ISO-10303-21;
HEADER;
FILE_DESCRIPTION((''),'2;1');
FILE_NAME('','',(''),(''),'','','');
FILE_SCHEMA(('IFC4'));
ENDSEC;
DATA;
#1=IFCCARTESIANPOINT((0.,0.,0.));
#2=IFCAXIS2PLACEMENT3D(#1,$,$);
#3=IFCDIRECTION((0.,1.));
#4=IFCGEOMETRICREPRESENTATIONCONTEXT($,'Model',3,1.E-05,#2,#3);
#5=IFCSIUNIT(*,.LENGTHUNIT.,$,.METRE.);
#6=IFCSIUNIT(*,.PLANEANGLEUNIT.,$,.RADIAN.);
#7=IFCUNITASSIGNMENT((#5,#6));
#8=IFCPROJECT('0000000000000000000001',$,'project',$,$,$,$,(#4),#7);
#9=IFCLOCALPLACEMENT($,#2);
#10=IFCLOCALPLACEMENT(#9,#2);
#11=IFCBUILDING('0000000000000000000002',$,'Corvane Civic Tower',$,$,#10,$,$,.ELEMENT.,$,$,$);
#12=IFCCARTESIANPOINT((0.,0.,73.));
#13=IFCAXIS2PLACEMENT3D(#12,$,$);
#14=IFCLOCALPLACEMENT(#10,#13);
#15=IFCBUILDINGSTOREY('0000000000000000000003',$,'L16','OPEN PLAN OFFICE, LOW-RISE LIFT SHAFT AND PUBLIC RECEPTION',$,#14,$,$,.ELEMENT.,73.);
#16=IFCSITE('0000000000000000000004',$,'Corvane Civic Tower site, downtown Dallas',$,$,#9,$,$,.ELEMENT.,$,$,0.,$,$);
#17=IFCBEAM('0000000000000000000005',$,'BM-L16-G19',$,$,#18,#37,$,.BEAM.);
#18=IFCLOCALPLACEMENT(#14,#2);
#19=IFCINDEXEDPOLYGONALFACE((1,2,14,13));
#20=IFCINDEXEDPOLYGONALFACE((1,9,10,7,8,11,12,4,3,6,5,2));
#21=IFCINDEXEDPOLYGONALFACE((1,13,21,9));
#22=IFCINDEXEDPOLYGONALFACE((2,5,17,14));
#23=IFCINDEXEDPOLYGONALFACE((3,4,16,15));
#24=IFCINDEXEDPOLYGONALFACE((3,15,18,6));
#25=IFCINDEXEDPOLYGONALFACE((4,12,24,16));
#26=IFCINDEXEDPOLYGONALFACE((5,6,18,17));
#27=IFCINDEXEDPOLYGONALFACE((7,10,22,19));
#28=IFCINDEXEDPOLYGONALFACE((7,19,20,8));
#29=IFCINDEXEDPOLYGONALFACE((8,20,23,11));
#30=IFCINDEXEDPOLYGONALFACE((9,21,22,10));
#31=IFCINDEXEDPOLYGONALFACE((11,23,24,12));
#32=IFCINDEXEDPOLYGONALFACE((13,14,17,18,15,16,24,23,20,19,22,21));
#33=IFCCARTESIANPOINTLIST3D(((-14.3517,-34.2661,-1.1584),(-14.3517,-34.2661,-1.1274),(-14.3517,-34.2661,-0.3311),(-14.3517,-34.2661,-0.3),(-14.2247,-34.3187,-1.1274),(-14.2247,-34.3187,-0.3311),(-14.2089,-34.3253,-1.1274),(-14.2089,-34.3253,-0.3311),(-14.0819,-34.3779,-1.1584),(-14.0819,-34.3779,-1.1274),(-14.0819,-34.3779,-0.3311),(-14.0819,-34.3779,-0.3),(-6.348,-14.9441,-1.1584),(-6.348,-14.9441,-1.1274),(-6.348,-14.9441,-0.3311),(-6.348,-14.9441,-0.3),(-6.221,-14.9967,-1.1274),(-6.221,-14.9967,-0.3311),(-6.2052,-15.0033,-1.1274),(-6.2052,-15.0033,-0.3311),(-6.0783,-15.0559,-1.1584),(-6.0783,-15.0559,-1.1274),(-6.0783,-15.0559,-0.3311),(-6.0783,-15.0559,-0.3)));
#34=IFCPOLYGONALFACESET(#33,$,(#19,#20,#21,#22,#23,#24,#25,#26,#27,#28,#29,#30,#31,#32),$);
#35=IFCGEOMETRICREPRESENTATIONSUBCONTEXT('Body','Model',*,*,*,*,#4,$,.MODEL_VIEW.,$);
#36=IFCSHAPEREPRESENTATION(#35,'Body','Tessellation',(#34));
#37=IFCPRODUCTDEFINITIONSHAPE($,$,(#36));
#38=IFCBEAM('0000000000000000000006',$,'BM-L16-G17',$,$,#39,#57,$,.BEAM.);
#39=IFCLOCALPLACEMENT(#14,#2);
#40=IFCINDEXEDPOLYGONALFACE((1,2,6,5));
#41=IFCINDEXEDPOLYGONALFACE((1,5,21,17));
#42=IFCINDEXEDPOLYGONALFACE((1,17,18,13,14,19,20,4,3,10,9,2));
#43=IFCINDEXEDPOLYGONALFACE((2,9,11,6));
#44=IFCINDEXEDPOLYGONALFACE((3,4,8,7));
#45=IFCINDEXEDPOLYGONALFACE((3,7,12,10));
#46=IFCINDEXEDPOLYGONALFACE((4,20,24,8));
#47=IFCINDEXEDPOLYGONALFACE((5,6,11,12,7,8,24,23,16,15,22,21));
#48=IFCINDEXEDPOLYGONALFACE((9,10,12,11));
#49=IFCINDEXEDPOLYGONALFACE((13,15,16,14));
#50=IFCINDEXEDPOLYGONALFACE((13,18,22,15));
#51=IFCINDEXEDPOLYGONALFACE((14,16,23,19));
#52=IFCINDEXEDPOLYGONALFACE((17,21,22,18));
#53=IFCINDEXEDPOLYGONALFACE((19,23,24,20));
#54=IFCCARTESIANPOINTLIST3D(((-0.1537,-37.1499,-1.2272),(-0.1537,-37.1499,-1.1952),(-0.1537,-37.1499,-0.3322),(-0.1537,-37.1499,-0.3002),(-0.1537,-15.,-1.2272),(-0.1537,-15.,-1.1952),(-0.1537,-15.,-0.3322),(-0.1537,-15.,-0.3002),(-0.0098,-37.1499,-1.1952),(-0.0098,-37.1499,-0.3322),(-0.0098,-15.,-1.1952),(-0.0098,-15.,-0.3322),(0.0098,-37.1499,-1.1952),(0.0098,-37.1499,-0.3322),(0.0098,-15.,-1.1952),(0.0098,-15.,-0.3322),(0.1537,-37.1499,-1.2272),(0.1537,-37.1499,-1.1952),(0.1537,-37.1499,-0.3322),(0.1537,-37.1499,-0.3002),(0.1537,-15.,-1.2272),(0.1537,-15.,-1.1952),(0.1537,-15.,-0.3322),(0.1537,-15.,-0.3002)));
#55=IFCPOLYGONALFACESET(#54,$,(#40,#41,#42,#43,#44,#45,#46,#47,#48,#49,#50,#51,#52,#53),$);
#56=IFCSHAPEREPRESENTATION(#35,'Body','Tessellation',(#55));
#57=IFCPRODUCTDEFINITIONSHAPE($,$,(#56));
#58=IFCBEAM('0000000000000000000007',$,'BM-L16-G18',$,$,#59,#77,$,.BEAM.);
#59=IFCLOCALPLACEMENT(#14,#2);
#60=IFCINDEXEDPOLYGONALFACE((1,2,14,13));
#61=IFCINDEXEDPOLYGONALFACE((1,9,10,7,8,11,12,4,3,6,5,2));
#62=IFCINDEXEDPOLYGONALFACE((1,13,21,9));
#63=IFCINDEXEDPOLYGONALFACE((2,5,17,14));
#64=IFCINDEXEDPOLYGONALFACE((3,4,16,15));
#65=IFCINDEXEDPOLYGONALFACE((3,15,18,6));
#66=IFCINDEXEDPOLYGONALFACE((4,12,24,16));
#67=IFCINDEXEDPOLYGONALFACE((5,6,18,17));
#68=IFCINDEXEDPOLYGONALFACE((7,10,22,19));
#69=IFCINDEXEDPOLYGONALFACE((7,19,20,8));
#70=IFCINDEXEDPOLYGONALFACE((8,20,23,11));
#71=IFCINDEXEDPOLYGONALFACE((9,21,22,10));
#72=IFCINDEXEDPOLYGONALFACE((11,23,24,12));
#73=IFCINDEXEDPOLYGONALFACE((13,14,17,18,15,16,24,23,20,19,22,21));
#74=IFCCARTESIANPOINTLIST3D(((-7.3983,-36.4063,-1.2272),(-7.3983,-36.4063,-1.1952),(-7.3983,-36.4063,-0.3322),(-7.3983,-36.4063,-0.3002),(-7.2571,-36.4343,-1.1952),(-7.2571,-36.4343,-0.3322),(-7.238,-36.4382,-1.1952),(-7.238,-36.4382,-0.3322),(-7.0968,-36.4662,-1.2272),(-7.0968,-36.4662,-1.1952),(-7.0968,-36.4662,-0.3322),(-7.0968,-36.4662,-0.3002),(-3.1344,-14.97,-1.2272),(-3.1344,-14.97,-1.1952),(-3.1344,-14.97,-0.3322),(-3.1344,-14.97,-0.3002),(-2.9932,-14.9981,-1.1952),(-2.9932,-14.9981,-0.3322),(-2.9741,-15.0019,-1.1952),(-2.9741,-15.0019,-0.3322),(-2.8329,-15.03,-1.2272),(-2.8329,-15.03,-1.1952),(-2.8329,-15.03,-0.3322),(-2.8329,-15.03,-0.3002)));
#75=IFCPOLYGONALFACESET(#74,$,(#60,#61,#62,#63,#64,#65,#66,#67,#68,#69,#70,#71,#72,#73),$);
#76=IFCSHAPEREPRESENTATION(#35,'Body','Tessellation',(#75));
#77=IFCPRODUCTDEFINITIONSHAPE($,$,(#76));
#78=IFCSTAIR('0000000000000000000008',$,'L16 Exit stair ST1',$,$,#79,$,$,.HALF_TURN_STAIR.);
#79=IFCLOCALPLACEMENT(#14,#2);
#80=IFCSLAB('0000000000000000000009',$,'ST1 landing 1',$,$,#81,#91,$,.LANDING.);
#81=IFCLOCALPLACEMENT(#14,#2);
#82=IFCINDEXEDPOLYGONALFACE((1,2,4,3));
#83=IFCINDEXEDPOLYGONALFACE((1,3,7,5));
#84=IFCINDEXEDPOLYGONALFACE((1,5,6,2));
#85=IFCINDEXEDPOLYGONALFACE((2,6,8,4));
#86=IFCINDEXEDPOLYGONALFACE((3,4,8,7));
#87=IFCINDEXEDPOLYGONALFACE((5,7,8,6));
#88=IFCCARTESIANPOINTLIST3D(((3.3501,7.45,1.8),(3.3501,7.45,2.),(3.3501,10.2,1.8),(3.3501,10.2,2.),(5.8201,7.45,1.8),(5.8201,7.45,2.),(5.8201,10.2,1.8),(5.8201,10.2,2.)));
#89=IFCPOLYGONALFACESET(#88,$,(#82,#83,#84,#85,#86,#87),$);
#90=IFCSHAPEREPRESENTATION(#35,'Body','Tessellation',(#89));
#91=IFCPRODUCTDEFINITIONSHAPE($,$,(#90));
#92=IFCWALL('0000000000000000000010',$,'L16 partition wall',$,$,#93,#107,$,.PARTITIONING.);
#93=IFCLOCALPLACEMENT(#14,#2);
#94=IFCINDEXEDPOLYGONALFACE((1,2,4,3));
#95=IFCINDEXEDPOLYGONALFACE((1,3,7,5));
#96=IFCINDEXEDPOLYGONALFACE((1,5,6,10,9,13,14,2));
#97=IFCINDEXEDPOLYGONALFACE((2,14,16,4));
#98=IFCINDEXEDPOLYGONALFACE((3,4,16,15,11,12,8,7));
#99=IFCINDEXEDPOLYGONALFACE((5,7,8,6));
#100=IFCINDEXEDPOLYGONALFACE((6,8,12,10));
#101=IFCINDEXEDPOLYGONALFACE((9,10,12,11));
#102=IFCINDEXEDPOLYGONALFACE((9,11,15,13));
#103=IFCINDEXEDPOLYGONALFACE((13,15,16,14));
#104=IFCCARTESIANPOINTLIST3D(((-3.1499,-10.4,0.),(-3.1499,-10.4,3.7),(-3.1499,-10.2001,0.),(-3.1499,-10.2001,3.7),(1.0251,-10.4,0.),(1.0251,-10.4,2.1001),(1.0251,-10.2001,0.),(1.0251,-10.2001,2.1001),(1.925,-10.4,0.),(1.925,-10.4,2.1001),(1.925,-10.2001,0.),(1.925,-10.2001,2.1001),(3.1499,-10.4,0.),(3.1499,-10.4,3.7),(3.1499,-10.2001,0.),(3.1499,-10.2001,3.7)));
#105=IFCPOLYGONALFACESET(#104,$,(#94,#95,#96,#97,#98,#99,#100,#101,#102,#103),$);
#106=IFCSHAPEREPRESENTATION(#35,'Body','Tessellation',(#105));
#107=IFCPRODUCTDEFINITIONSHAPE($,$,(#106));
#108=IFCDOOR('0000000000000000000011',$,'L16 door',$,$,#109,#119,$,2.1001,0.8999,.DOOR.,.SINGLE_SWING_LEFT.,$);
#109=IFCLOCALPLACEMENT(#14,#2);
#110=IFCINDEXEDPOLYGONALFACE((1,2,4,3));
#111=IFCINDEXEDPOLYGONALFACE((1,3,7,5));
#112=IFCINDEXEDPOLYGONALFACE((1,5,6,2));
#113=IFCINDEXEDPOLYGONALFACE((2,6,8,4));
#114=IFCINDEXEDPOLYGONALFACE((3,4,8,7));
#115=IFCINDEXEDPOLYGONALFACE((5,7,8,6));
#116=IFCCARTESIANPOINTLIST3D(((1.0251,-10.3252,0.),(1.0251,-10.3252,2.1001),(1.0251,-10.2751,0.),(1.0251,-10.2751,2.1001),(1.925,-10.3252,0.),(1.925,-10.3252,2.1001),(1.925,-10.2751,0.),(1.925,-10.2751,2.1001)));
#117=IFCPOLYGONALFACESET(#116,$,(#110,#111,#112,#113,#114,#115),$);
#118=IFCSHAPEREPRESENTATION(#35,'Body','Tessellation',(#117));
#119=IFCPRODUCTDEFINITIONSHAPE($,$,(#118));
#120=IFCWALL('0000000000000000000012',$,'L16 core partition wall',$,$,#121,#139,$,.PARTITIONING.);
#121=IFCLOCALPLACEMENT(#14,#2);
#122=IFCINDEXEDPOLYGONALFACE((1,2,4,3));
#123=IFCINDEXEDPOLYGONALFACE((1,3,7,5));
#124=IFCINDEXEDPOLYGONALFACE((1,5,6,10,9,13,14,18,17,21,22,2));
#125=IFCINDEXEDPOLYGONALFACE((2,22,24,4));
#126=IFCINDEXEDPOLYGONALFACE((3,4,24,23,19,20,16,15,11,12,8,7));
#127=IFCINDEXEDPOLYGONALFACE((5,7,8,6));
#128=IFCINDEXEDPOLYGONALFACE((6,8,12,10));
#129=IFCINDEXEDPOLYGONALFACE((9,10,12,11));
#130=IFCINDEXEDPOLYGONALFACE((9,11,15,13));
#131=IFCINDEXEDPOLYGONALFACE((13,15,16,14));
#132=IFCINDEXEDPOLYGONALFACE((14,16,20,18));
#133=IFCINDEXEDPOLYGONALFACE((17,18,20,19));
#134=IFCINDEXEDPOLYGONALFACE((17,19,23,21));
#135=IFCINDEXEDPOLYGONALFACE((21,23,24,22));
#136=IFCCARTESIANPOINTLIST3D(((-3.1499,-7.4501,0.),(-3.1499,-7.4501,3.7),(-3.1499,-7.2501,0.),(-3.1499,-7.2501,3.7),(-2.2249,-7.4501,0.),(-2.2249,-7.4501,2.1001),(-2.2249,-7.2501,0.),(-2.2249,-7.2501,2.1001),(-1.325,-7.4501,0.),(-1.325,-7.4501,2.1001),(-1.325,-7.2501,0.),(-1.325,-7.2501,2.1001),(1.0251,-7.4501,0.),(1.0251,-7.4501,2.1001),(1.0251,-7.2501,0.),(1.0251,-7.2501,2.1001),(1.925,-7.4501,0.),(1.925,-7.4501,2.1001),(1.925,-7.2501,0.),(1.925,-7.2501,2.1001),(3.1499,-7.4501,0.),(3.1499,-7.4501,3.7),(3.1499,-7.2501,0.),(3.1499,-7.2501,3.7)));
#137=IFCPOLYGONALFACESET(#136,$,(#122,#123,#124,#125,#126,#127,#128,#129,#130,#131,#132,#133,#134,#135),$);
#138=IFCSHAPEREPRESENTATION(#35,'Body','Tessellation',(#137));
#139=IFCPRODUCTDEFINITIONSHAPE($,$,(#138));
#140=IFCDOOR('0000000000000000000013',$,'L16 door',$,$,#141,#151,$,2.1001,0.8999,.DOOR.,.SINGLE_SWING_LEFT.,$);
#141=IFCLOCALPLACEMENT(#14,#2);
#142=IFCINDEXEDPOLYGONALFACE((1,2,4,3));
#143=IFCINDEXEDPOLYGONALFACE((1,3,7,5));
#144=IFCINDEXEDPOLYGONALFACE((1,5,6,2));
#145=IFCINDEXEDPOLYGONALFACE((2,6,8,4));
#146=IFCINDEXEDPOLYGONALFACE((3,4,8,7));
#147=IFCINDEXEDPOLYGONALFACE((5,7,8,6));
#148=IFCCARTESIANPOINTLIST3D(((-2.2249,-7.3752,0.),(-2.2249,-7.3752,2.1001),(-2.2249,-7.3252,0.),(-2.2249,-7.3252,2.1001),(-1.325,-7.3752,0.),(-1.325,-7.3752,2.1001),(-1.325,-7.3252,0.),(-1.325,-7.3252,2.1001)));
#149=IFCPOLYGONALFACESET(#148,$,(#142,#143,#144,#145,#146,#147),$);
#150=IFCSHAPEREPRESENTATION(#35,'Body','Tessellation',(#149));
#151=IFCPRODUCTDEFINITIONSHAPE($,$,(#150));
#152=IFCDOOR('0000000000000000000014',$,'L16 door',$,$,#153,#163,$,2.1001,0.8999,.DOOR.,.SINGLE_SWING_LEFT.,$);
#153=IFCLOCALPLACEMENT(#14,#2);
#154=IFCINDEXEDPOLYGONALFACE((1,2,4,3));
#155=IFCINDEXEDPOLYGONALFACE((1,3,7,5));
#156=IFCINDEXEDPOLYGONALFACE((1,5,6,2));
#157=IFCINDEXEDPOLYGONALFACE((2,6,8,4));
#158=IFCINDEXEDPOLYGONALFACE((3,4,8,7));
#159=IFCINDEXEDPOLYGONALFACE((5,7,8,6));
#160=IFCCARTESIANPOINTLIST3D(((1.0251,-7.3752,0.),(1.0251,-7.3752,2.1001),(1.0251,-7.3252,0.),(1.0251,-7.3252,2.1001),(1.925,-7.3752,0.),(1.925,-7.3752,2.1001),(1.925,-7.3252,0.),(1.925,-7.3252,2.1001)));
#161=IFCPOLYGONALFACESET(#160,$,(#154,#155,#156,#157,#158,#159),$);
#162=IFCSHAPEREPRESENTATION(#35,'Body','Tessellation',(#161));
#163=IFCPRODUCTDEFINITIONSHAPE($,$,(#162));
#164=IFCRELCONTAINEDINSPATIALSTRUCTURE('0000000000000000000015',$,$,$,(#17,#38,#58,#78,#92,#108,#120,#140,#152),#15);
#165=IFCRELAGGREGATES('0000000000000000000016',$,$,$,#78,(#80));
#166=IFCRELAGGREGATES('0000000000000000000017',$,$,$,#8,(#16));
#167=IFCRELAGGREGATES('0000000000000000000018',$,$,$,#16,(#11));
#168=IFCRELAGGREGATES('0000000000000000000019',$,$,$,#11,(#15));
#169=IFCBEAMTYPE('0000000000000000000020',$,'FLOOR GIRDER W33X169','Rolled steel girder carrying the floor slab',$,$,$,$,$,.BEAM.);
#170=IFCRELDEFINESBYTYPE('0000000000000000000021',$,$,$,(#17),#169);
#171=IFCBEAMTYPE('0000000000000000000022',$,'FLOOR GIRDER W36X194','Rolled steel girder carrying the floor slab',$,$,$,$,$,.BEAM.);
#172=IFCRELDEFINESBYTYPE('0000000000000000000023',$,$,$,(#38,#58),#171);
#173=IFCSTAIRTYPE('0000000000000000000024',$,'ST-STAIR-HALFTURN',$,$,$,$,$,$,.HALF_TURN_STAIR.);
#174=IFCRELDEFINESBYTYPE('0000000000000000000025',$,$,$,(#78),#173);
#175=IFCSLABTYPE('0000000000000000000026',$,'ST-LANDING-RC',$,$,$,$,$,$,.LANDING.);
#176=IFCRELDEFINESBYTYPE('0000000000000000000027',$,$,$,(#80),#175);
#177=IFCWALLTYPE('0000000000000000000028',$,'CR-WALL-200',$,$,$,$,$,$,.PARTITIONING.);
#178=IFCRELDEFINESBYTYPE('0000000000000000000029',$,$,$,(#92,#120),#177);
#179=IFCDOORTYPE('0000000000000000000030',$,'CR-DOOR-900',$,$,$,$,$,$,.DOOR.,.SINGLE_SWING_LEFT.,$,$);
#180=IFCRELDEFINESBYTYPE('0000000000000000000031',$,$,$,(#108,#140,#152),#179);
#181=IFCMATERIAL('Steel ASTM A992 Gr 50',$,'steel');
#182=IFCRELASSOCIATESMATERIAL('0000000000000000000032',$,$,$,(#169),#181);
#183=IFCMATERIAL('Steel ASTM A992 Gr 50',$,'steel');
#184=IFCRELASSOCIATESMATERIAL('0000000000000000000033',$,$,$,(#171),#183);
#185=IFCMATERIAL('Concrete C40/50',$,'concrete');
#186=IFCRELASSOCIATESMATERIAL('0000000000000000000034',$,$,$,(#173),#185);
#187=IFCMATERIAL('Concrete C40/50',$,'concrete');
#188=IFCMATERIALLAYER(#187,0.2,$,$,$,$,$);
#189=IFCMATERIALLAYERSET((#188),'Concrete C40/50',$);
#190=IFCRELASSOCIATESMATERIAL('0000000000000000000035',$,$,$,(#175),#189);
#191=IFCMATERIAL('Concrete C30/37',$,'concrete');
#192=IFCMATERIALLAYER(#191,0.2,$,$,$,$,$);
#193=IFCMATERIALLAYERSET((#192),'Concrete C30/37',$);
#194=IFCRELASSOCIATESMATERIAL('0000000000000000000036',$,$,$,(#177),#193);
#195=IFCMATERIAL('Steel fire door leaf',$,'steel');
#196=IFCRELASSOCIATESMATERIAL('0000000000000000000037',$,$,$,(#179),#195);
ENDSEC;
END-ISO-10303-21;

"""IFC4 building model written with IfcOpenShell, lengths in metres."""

from ifc_helpers import new_model, si_unit, direction, frame, frame_2d, origin, origin_2d, place, context, subcontext, project, spatial, polyline, rectangle, i_section, outline, extrude, material, layer, layer_set, material_profile, profile_set, type_object, element, fill, aggregate, save


model = new_model("IFC4")

# Units and contexts
model_context = context("Model", 3, precision=1e-05, world=origin(), true_north=direction((0.0, 1.0)))
body_context = subcontext(model_context, "Body", "Model", "MODEL_VIEW")
ifc_project = project(units=[si_unit("LENGTHUNIT", "METRE"), si_unit("PLANEANGLEUNIT", "RADIAN")], contexts=[model_context])

# Site, building, storey
site_placement = place(None, origin())
site = spatial("IfcSite", under=ifc_project, at=site_placement, Name="Corvane Civic Tower site, downtown Dallas", CompositionType="ELEMENT", RefElevation=0.0)
building_placement = place(site_placement, origin())
building = spatial("IfcBuilding", under=site, at=building_placement, Name="Corvane Civic Tower", CompositionType="ELEMENT")
storey_placement = place(building_placement, frame((0.0, 0.0, 73.0)))
storey = spatial("IfcBuildingStorey", under=building, at=storey_placement, Name="L16", Description="OPEN PLAN OFFICE, LOW-RISE LIFT SHAFT AND PUBLIC RECEPTION", CompositionType="ELEMENT", Elevation=73.0)

# Beams
ifc_material_1 = material(Name="Steel ASTM A992 Gr 50", Category="steel")
ifc_material_profile_1 = material_profile(ifc_material_1, i_section(OverallWidth=0.292, OverallDepth=0.8584, WebThickness=0.0171, FlangeThickness=0.031, at=origin_2d()), Name="W33X169")
ifc_profile_set_1 = profile_set([ifc_material_profile_1], Name="Steel ASTM A992 Gr 50")
beam_type_1 = type_object("IfcBeamType", Name="FLOOR GIRDER W33X169", Description="Rolled steel girder carrying the floor slab", PredefinedType="BEAM", material=ifc_profile_set_1)
beam_1_placement = place(storey_placement, frame((-6.2131, -15.0, -0.7292), z_axis=(-0.382692, -0.923876, 0.0), x_axis=(0.923876, -0.382692, 0.0)))
element("IfcBeam", 1, at=beam_1_placement, inside=storey, type_object=beam_type_1, Name="BM-L16-G19", PredefinedType="BEAM", context=body_context, shape_type="SweptSolid", body=[
    extrude(i_section(OverallWidth=0.292, OverallDepth=0.8584, WebThickness=0.0171, FlangeThickness=0.031, at=origin_2d()), origin(), (0.0, 0.0, 1.0), 20.9141),
])
ifc_material_2 = material(Name="Steel ASTM A992 Gr 50", Category="steel")
ifc_material_profile_2 = material_profile(ifc_material_2, i_section(OverallWidth=0.3074, OverallDepth=0.927, WebThickness=0.0195, FlangeThickness=0.032, at=origin_2d()), Name="W36X194")
ifc_profile_set_2 = profile_set([ifc_material_profile_2], Name="Steel ASTM A992 Gr 50")
beam_type_2 = type_object("IfcBeamType", Name="FLOOR GIRDER W36X194", Description="Rolled steel girder carrying the floor slab", PredefinedType="BEAM", material=ifc_profile_set_2)
beam_2_placement = place(storey_placement, frame((0.0, -15.0, -0.7637), z_axis=(0.0, -1.0, 0.0), x_axis=(1.0, 0.0, 0.0)))
element("IfcBeam", 2, at=beam_2_placement, inside=storey, type_object=beam_type_2, Name="BM-L16-G17", PredefinedType="BEAM", context=body_context, shape_type="SweptSolid", body=[
    extrude(i_section(OverallWidth=0.3074, OverallDepth=0.927, WebThickness=0.0195, FlangeThickness=0.032, at=origin_2d()), origin(), (0.0, 0.0, 1.0), 22.1499),
])
beam_3_placement = place(storey_placement, frame((-2.9836, -15.0, -0.7637), z_axis=(-0.195089, -0.980785, 0.0), x_axis=(0.980785, -0.195089, 0.0)))
element("IfcBeam", 3, at=beam_3_placement, inside=storey, type_object=beam_type_2, Name="BM-L16-G18", PredefinedType="BEAM", context=body_context, shape_type="SweptSolid", body=[
    extrude(i_section(OverallWidth=0.3074, OverallDepth=0.927, WebThickness=0.0195, FlangeThickness=0.032, at=origin_2d()), origin(), (0.0, 0.0, 1.0), 21.8562),
])

# Stair, slab
ifc_material_3 = material(Name="Concrete C40/50", Category="concrete")
stair_type = type_object("IfcStairType", Name="ST-STAIR-HALFTURN", PredefinedType="HALF_TURN_STAIR", material=ifc_material_3)
stair_1_placement = place(storey_placement, origin())
stair_1 = element("IfcStair", 4, at=stair_1_placement, inside=storey, type_object=stair_type, Name="L16 Exit stair ST1", PredefinedType="HALF_TURN_STAIR")
ifc_material_4 = material(Name="Concrete C40/50", Category="concrete")
ifc_layer_1 = layer(ifc_material_4, 0.2)
ifc_layer_set_1 = layer_set([ifc_layer_1], Name="Concrete C40/50")
slab_type_1 = type_object("IfcSlabType", Name="ST-LANDING-RC", PredefinedType="LANDING", material=ifc_layer_set_1)
slab_1_placement = place(storey_placement, frame((0.0, 0.0, 1.8)))
slab_1 = element("IfcSlab", 5, at=slab_1_placement, type_object=slab_type_1, Name="ST1 landing 1", PredefinedType="LANDING", context=body_context, shape_type="SweptSolid", body=[
    extrude(outline(polyline([(5.8201, 10.2), (3.3501, 10.2), (3.3501, 7.45), (5.8201, 7.45), (5.8201, 10.2)])), origin(), (0.0, 0.0, 1.0), 0.2),
])
aggregate(stair_1, [slab_1])

# Wall, opening, door
ifc_material_5 = material(Name="Concrete C30/37", Category="concrete")
ifc_layer_2 = layer(ifc_material_5, 0.2)
ifc_layer_set_2 = layer_set([ifc_layer_2], Name="Concrete C30/37")
wall_type = type_object("IfcWallType", Name="CR-WALL-200", PredefinedType="PARTITIONING", material=ifc_layer_set_2)
wall_1_placement = place(storey_placement, frame((-3.1499, -10.3, 0.0), z_axis=(0.0, 0.0, 1.0), x_axis=(1.0, 0.0, 0.0)))
wall_1 = element("IfcWall", 6, at=wall_1_placement, inside=storey, type_object=wall_type, Name="L16 partition wall", PredefinedType="PARTITIONING", context=body_context, shape_type="SweptSolid", body=[
    extrude(rectangle(XDim=6.2998, YDim=0.2, at=frame_2d((3.1499, 0.0))), origin(), (0.0, 0.0, 1.0), 3.7),
])
opening_1_placement = place(wall_1_placement, frame((4.175, 0.0, 0.0)))
opening_1 = element("IfcOpeningElement", 7, at=opening_1_placement, cuts=wall_1, PredefinedType="OPENING", context=body_context, shape_type="SweptSolid", body=[
    extrude(rectangle(XDim=0.8999, YDim=2.1001, at=frame_2d((0.45, 1.05))), frame((0.0, 0.1099, 0.0), z_axis=(0.0, -1.0, 0.0), x_axis=(1.0, 0.0, 0.0)), (0.0, 0.0, 1.0), 0.22),
])
ifc_material_6 = material(Name="Steel fire door leaf", Category="steel")
door_type_1 = type_object("IfcDoorType", Name="CR-DOOR-900", OperationType="SINGLE_SWING_LEFT", PredefinedType="DOOR", material=ifc_material_6)
door_1_placement = place(opening_1_placement, origin())
door_1 = element("IfcDoor", 8, at=door_1_placement, inside=storey, type_object=door_type_1, Name="L16 door", OperationType="SINGLE_SWING_LEFT", OverallHeight=2.1001, OverallWidth=0.8999, PredefinedType="DOOR", context=body_context, shape_type="SweptSolid", body=[
    extrude(rectangle(XDim=0.8999, YDim=2.1001, at=frame_2d((0.45, 1.05))), frame((0.0, 0.0249, 0.0), z_axis=(0.0, -1.0, 0.0), x_axis=(1.0, 0.0, 0.0)), (0.0, 0.0, 1.0), 0.05),
])
fill(opening_1, door_1)

# Wall, openings, doors
wall_2_placement = place(storey_placement, frame((-3.1499, -7.3501, 0.0), z_axis=(0.0, 0.0, 1.0), x_axis=(1.0, 0.0, 0.0)))
wall_2 = element("IfcWall", 9, at=wall_2_placement, inside=storey, type_object=wall_type, Name="L16 core partition wall", PredefinedType="PARTITIONING", context=body_context, shape_type="SweptSolid", body=[
    extrude(rectangle(XDim=6.2998, YDim=0.2, at=frame_2d((3.1499, 0.0))), origin(), (0.0, 0.0, 1.0), 3.7),
])
opening_2_placement = place(wall_2_placement, frame((0.925, 0.0, 0.0)))
opening_2 = element("IfcOpeningElement", 10, at=opening_2_placement, cuts=wall_2, PredefinedType="OPENING", context=body_context, shape_type="SweptSolid", body=[
    extrude(rectangle(XDim=0.8999, YDim=2.1001, at=frame_2d((0.45, 1.05))), frame((0.0, 0.1099, 0.0), z_axis=(0.0, -1.0, 0.0), x_axis=(1.0, 0.0, 0.0)), (0.0, 0.0, 1.0), 0.22),
])
opening_3_placement = place(wall_2_placement, frame((4.175, 0.0, 0.0)))
opening_3 = element("IfcOpeningElement", 11, at=opening_3_placement, cuts=wall_2, PredefinedType="OPENING", context=body_context, shape_type="SweptSolid", body=[
    extrude(rectangle(XDim=0.8999, YDim=2.1001, at=frame_2d((0.45, 1.05))), frame((0.0, 0.1099, 0.0), z_axis=(0.0, -1.0, 0.0), x_axis=(1.0, 0.0, 0.0)), (0.0, 0.0, 1.0), 0.22),
])
door_2_placement = place(opening_2_placement, origin())
door_2 = element("IfcDoor", 12, at=door_2_placement, inside=storey, type_object=door_type_1, Name="L16 door", OperationType="SINGLE_SWING_LEFT", OverallHeight=2.1001, OverallWidth=0.8999, PredefinedType="DOOR", context=body_context, shape_type="SweptSolid", body=[
    extrude(rectangle(XDim=0.8999, YDim=2.1001, at=frame_2d((0.45, 1.05))), frame((0.0, 0.0249, 0.0), z_axis=(0.0, -1.0, 0.0), x_axis=(1.0, 0.0, 0.0)), (0.0, 0.0, 1.0), 0.05),
])
fill(opening_2, door_2)
door_3_placement = place(opening_3_placement, origin())
door_3 = element("IfcDoor", 13, at=door_3_placement, inside=storey, type_object=door_type_1, Name="L16 door", OperationType="SINGLE_SWING_LEFT", OverallHeight=2.1001, OverallWidth=0.8999, PredefinedType="DOOR", context=body_context, shape_type="SweptSolid", body=[
    extrude(rectangle(XDim=0.8999, YDim=2.1001, at=frame_2d((0.45, 1.05))), frame((0.0, 0.0249, 0.0), z_axis=(0.0, -1.0, 0.0), x_axis=(1.0, 0.0, 0.0)), (0.0, 0.0, 1.0), 0.05),
])
fill(opening_3, door_3)

save(model, "model.ifc")
